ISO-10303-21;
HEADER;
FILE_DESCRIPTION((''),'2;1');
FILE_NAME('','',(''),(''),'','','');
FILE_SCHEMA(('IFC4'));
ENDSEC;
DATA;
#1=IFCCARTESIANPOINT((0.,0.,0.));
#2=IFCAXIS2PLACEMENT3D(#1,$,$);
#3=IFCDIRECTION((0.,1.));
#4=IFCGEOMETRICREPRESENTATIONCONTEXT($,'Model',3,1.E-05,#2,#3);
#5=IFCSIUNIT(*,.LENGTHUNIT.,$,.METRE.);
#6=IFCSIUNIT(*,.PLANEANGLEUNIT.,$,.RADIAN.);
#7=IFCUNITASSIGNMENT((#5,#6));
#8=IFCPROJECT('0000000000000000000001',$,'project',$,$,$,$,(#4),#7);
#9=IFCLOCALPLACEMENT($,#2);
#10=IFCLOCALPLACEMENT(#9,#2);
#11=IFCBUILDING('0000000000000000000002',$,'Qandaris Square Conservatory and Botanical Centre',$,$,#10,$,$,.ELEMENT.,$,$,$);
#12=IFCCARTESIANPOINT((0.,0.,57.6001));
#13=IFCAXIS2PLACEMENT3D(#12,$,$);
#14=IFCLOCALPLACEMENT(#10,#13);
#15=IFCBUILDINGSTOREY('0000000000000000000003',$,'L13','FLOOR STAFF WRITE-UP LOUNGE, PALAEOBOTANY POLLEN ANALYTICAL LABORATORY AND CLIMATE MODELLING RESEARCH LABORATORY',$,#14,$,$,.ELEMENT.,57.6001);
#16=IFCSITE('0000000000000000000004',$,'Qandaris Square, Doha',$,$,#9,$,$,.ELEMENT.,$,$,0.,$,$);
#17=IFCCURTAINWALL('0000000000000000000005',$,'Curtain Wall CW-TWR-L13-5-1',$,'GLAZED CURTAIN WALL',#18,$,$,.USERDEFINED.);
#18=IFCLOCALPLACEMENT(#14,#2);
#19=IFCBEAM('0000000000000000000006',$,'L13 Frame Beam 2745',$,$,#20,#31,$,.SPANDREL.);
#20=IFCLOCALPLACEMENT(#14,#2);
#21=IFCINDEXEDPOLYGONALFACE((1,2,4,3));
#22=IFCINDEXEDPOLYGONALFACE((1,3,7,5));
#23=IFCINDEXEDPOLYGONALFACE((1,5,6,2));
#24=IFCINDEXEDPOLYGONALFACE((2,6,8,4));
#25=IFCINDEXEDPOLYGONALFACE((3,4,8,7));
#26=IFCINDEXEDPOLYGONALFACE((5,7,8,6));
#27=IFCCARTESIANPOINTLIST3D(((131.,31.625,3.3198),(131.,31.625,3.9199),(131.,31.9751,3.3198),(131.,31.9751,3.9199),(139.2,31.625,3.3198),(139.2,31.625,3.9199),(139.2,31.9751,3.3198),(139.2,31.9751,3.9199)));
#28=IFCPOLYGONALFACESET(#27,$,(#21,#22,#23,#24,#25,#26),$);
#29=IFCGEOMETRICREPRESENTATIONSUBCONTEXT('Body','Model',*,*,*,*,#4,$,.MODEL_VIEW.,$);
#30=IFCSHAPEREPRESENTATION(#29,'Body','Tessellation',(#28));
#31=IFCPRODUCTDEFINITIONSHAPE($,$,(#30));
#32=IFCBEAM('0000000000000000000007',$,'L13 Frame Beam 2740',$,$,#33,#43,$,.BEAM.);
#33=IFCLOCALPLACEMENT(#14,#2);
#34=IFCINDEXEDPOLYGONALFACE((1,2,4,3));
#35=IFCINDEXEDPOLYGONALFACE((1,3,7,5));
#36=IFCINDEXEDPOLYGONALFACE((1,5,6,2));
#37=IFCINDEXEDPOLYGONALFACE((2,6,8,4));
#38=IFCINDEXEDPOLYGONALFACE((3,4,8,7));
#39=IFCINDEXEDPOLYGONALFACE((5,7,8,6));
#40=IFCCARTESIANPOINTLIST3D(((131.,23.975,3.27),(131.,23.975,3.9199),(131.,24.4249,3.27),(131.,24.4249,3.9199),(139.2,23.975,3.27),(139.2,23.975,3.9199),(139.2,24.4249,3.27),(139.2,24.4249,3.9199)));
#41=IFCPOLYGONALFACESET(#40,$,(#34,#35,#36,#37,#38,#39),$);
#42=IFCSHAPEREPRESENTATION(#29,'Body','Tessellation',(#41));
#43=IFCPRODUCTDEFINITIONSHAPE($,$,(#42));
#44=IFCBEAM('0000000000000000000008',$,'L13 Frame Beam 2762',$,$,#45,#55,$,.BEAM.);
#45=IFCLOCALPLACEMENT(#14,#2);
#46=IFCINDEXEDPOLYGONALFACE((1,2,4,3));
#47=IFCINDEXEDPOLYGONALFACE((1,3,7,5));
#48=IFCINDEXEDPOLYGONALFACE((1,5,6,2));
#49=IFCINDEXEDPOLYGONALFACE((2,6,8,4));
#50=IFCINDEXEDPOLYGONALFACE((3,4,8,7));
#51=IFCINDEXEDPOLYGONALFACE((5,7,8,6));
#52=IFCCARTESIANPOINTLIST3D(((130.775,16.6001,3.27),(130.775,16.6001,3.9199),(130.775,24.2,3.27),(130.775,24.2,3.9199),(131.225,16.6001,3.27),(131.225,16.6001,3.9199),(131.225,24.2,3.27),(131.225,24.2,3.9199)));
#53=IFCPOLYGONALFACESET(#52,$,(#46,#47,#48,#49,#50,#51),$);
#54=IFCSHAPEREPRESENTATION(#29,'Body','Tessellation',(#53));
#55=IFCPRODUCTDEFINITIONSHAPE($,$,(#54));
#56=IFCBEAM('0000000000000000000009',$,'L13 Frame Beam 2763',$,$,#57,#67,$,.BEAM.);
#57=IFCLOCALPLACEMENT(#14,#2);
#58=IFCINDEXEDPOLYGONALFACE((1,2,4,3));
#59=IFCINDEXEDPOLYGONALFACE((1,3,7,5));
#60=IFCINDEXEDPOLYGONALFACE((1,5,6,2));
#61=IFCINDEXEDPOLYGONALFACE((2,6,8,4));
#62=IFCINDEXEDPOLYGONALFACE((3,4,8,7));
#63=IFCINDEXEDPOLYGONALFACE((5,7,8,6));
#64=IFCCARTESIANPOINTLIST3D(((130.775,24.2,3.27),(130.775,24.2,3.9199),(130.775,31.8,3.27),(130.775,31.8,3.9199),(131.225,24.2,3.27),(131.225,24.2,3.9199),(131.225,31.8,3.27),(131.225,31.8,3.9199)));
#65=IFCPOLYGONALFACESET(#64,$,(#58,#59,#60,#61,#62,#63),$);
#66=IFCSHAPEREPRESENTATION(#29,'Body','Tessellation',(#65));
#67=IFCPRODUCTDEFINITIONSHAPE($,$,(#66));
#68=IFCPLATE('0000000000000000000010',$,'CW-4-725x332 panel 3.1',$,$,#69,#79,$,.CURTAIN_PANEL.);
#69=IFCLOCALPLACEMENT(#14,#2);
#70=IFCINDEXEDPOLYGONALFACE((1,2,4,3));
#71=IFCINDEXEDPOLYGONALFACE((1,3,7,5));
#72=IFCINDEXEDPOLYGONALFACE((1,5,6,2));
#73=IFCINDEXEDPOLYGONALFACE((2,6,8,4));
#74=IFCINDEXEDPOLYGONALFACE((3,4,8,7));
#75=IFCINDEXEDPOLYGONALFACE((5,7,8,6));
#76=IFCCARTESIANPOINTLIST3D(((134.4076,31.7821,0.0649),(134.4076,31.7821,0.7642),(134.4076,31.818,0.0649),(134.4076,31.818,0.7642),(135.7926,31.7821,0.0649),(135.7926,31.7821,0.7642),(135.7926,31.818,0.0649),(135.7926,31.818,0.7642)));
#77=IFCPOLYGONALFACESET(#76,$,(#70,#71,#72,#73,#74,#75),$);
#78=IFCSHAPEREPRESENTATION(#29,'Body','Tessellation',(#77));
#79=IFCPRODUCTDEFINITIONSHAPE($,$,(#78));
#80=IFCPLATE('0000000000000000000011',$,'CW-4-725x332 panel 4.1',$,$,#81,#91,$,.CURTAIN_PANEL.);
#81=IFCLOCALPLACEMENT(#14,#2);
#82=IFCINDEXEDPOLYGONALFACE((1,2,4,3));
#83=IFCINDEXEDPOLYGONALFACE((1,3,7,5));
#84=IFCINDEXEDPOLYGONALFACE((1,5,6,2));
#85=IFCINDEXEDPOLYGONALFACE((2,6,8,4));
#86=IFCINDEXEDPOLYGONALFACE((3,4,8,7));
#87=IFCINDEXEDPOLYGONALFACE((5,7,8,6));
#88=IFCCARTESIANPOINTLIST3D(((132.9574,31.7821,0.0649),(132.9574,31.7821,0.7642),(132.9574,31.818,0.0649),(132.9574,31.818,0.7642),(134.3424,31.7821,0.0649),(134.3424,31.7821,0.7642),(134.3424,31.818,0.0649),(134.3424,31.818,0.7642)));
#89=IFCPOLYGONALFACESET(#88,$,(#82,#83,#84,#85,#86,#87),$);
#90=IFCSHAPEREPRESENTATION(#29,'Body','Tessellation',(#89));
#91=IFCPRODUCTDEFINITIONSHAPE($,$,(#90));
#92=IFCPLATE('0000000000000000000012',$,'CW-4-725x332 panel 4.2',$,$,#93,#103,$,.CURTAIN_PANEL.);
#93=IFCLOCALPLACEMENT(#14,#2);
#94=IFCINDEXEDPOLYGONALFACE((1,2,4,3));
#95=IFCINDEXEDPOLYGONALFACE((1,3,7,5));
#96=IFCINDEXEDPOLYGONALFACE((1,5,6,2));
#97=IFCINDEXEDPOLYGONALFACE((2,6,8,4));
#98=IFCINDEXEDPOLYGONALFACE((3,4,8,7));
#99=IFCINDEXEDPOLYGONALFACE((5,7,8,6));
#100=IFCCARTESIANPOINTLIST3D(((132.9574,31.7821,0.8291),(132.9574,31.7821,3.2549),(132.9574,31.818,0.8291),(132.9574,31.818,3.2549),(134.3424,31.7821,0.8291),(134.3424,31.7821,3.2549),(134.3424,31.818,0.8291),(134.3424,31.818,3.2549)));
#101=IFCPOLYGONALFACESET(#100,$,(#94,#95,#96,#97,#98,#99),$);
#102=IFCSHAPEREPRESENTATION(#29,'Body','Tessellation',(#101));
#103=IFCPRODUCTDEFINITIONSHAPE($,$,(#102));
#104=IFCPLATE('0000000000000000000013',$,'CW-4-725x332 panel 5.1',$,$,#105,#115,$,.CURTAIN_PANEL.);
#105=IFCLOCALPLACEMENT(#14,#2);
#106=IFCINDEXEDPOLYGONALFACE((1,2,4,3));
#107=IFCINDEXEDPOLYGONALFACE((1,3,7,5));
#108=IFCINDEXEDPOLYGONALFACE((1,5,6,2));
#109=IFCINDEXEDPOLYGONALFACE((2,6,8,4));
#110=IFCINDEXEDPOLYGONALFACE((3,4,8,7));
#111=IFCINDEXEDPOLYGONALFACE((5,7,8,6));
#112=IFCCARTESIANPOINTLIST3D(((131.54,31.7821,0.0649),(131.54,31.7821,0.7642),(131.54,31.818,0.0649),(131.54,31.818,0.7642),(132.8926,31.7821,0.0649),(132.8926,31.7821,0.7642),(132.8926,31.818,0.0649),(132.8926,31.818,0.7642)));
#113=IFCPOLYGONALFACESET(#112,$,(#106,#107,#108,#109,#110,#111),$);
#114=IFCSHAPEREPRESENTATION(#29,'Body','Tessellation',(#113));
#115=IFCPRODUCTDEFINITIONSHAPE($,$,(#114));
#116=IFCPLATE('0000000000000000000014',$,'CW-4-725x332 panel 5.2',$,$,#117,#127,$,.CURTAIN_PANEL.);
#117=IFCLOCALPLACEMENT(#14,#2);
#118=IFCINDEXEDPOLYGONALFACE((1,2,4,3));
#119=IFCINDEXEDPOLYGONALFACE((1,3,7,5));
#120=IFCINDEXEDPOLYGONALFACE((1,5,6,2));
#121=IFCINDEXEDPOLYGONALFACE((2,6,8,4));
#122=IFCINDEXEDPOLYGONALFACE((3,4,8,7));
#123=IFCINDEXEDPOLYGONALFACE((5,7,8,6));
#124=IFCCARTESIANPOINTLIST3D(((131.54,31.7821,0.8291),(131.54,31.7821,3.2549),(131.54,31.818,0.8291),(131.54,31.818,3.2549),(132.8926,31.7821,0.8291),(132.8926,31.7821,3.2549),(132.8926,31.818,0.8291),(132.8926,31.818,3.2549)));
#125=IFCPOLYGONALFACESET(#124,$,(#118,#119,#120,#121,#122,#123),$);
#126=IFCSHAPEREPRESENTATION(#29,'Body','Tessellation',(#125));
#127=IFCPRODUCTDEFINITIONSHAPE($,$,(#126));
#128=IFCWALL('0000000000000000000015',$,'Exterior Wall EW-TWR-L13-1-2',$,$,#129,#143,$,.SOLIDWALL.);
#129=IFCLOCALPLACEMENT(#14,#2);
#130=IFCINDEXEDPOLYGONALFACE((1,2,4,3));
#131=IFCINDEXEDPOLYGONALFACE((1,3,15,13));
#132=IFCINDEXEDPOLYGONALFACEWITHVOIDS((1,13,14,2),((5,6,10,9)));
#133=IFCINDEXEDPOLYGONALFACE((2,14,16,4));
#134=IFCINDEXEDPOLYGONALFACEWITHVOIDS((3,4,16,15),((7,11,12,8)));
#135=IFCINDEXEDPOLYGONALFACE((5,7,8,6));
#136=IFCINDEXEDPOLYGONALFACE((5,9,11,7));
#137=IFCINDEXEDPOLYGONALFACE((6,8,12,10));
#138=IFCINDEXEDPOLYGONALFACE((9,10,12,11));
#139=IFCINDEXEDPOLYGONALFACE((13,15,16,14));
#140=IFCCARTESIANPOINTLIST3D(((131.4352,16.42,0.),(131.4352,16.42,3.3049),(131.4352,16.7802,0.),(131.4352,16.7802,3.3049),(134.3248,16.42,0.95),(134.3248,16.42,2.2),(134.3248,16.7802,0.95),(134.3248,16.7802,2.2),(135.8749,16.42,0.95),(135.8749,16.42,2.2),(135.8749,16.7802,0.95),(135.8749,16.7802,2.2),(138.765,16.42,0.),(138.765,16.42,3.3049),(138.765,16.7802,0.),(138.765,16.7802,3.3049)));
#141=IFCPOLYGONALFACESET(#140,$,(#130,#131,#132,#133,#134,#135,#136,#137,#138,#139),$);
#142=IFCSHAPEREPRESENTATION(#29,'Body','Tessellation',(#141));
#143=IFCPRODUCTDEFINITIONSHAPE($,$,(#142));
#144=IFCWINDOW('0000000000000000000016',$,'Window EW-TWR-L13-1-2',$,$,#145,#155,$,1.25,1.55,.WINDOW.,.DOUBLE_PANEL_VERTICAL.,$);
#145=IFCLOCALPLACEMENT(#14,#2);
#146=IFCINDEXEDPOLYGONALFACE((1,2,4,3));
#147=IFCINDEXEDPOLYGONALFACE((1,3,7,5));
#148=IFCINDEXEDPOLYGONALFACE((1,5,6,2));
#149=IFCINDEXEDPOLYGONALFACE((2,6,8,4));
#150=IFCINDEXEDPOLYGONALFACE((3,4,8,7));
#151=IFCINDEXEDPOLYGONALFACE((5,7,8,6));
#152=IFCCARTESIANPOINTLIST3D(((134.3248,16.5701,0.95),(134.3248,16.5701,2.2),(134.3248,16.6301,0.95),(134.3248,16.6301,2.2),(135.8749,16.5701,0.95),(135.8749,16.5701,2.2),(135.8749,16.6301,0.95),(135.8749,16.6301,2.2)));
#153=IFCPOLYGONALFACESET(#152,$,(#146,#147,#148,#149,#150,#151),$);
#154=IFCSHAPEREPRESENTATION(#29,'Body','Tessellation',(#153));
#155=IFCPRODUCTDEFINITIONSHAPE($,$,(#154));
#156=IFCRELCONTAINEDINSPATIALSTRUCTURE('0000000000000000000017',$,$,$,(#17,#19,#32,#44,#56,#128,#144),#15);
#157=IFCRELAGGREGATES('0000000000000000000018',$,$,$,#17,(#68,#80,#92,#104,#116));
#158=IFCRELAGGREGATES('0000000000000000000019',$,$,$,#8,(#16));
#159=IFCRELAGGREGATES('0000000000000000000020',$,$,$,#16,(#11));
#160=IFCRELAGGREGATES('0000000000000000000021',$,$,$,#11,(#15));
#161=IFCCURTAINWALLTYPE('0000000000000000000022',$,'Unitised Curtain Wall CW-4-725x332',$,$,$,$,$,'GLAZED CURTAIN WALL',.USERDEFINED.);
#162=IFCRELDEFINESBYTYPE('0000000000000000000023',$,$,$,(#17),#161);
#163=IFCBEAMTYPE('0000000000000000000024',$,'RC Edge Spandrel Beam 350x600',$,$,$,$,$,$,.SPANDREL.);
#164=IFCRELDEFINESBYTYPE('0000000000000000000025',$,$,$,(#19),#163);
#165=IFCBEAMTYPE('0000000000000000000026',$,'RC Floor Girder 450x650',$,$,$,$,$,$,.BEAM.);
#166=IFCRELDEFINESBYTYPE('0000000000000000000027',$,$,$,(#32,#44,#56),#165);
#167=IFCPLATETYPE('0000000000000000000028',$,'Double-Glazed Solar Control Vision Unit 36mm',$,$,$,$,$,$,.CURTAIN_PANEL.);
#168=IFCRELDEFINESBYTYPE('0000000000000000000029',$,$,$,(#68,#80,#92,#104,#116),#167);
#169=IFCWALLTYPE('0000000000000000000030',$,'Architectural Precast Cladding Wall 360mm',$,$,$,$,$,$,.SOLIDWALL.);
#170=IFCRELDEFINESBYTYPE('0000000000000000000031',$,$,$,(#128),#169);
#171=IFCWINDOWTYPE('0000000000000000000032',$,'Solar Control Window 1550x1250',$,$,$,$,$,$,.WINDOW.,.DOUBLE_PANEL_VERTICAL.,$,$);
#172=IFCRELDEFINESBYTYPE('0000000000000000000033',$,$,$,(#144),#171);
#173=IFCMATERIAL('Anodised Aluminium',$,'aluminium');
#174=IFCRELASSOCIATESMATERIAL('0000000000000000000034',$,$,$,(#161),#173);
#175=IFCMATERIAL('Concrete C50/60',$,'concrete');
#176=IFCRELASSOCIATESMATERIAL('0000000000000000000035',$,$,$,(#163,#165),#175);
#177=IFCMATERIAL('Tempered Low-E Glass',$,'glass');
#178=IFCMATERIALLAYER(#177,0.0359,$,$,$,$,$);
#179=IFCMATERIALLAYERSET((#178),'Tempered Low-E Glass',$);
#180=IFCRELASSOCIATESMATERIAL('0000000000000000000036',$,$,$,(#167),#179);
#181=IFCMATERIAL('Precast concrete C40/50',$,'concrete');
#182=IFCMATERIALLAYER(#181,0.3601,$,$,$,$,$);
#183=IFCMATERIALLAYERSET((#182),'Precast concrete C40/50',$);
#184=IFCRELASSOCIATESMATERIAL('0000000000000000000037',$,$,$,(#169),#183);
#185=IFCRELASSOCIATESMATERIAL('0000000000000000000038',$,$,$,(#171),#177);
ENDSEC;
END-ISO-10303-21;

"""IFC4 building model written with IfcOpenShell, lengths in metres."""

from ifc_helpers import new_model, si_unit, direction, frame, frame_2d, origin, origin_2d, place, context, subcontext, project, spatial, rectangle, extrude, material, layer, layer_set, material_profile, profile_set, type_object, element, fill, aggregate, save


model = new_model("IFC4")

# Units and contexts
model_context = context("Model", 3, precision=1e-05, world=origin(), true_north=direction((0.0, 1.0)))
body_context = subcontext(model_context, "Body", "Model", "MODEL_VIEW")
ifc_project = project(units=[si_unit("LENGTHUNIT", "METRE"), si_unit("PLANEANGLEUNIT", "RADIAN")], contexts=[model_context])

# Site, building, storey
site_placement = place(None, origin())
site = spatial("IfcSite", under=ifc_project, at=site_placement, Name="Qandaris Square, Doha", CompositionType="ELEMENT", RefElevation=0.0)
building_placement = place(site_placement, origin())
building = spatial("IfcBuilding", under=site, at=building_placement, Name="Qandaris Square Conservatory and Botanical Centre", CompositionType="ELEMENT")
storey_placement = place(building_placement, frame((0.0, 0.0, 57.6001)))
storey = spatial("IfcBuildingStorey", under=building, at=storey_placement, Name="L13", Description="FLOOR STAFF WRITE-UP LOUNGE, PALAEOBOTANY POLLEN ANALYTICAL LABORATORY AND CLIMATE MODELLING RESEARCH LABORATORY", CompositionType="ELEMENT", Elevation=57.6001)

# Shared definitions
ifc_material_1 = material(Name="Concrete C50/60", Category="concrete")

# Curtain wall
ifc_material_2 = material(Name="Anodised Aluminium", Category="aluminium")
curtain_wall_type = type_object("IfcCurtainWallType", Name="Unitised Curtain Wall CW-4-725x332", ElementType="GLAZED CURTAIN WALL", PredefinedType="USERDEFINED", material=ifc_material_2)
curtain_wall_placement = place(storey_placement, origin())
curtain_wall = element("IfcCurtainWall", 1, at=curtain_wall_placement, inside=storey, type_object=curtain_wall_type, Name="Curtain Wall CW-TWR-L13-5-1", ObjectType="GLAZED CURTAIN WALL", PredefinedType="USERDEFINED")

# Beams
ifc_material_profile_1 = material_profile(ifc_material_1, rectangle(XDim=0.3501, YDim=0.6001, at=origin_2d()), Name="RC-SP 350x600")
ifc_profile_set_1 = profile_set([ifc_material_profile_1], Name="Concrete C50/60")
beam_type_1 = type_object("IfcBeamType", Name="RC Edge Spandrel Beam 350x600", PredefinedType="SPANDREL", material=ifc_profile_set_1)
for number, where, z_axis, x_axis, name in (
    (2, (131.0, 31.8, 3.6199), (1.0, 0.0, 0.0), (0.0, 1.0, 0.0), "L13 Frame Beam 2745"),
):
    element("IfcBeam", number, at=place(storey_placement, frame(where, z_axis=z_axis, x_axis=x_axis)), inside=storey, type_object=beam_type_1, Name=name, PredefinedType="SPANDREL", context=body_context, shape_type="SweptSolid", body=[
        extrude(rectangle(XDim=0.3501, YDim=0.6001, at=origin_2d()), origin(), (0.0, 0.0, 1.0), 8.2),
    ])
ifc_material_profile_2 = material_profile(ifc_material_1, rectangle(XDim=0.45, YDim=0.6499, at=origin_2d()), Name="RC-BM 450x650")
ifc_profile_set_2 = profile_set([ifc_material_profile_2], Name="Concrete C50/60")
beam_type_2 = type_object("IfcBeamType", Name="RC Floor Girder 450x650", PredefinedType="BEAM", material=ifc_profile_set_2)
beam_1_placement = place(storey_placement, frame((131.0, 24.2, 3.595), z_axis=(1.0, 0.0, 0.0), x_axis=(0.0, 1.0, 0.0)))
element("IfcBeam", 3, at=beam_1_placement, inside=storey, type_object=beam_type_2, Name="L13 Frame Beam 2740", PredefinedType="BEAM", context=body_context, shape_type="SweptSolid", body=[
    extrude(rectangle(XDim=0.45, YDim=0.6499, at=origin_2d()), origin(), (0.0, 0.0, 1.0), 8.2),
])
beam_2_placement = place(storey_placement, frame((131.0, 16.6001, 3.595), z_axis=(0.0, 1.0, 0.0), x_axis=(-1.0, 0.0, 0.0)))
element("IfcBeam", 4, at=beam_2_placement, inside=storey, type_object=beam_type_2, Name="L13 Frame Beam 2762", PredefinedType="BEAM", context=body_context, shape_type="SweptSolid", body=[
    extrude(rectangle(XDim=0.45, YDim=0.6499, at=origin_2d()), origin(), (0.0, 0.0, 1.0), 7.5999),
])
beam_3_placement = place(storey_placement, frame((131.0, 24.2, 3.595), z_axis=(0.0, 1.0, 0.0), x_axis=(-1.0, 0.0, 0.0)))
element("IfcBeam", 5, at=beam_3_placement, inside=storey, type_object=beam_type_2, Name="L13 Frame Beam 2763", PredefinedType="BEAM", context=body_context, shape_type="SweptSolid", body=[
    extrude(rectangle(XDim=0.45, YDim=0.6499, at=origin_2d()), origin(), (0.0, 0.0, 1.0), 7.6001),
])

# Plates
ifc_material_3 = material(Name="Tempered Low-E Glass", Category="glass")
ifc_layer_1 = layer(ifc_material_3, 0.0359)
ifc_layer_set_1 = layer_set([ifc_layer_1], Name="Tempered Low-E Glass")
plate_type = type_object("IfcPlateType", Name="Double-Glazed Solar Control Vision Unit 36mm", PredefinedType="CURTAIN_PANEL", material=ifc_layer_set_1)
plate_1_placement = place(storey_placement, frame((135.1001, 31.8, 0.0649), z_axis=(0.0, 0.0, 1.0), x_axis=(-1.0, 0.0, 0.0)))
plate_1 = element("IfcPlate", 6, at=plate_1_placement, type_object=plate_type, Name="CW-4-725x332 panel 3.1", PredefinedType="CURTAIN_PANEL", context=body_context, shape_type="SweptSolid", body=[
    extrude(rectangle(XDim=1.385, YDim=0.0359, at=origin_2d()), origin(), (0.0, 0.0, 1.0), 0.6992),
])
plate_2_placement = place(storey_placement, frame((133.6499, 31.8, 0.0649), z_axis=(0.0, 0.0, 1.0), x_axis=(-1.0, 0.0, 0.0)))
plate_2 = element("IfcPlate", 7, at=plate_2_placement, type_object=plate_type, Name="CW-4-725x332 panel 4.1", PredefinedType="CURTAIN_PANEL", context=body_context, shape_type="SweptSolid", body=[
    extrude(rectangle(XDim=1.385, YDim=0.0359, at=origin_2d()), origin(), (0.0, 0.0, 1.0), 0.6992),
])
plate_3_placement = place(storey_placement, frame((133.6499, 31.8, 0.8291), z_axis=(0.0, 0.0, 1.0), x_axis=(-1.0, 0.0, 0.0)))
plate_3 = element("IfcPlate", 8, at=plate_3_placement, type_object=plate_type, Name="CW-4-725x332 panel 4.2", PredefinedType="CURTAIN_PANEL", context=body_context, shape_type="SweptSolid", body=[
    extrude(rectangle(XDim=1.385, YDim=0.0359, at=origin_2d()), origin(), (0.0, 0.0, 1.0), 2.4258),
])
plate_4_placement = place(storey_placement, frame((132.2163, 31.8, 0.0649), z_axis=(0.0, 0.0, 1.0), x_axis=(-1.0, 0.0, 0.0)))
plate_4 = element("IfcPlate", 9, at=plate_4_placement, type_object=plate_type, Name="CW-4-725x332 panel 5.1", PredefinedType="CURTAIN_PANEL", context=body_context, shape_type="SweptSolid", body=[
    extrude(rectangle(XDim=1.3525, YDim=0.0359, at=origin_2d()), origin(), (0.0, 0.0, 1.0), 0.6992),
])
plate_5_placement = place(storey_placement, frame((132.2163, 31.8, 0.8291), z_axis=(0.0, 0.0, 1.0), x_axis=(-1.0, 0.0, 0.0)))
plate_5 = element("IfcPlate", 10, at=plate_5_placement, type_object=plate_type, Name="CW-4-725x332 panel 5.2", PredefinedType="CURTAIN_PANEL", context=body_context, shape_type="SweptSolid", body=[
    extrude(rectangle(XDim=1.3525, YDim=0.0359, at=origin_2d()), origin(), (0.0, 0.0, 1.0), 2.4258),
])
aggregate(curtain_wall, [plate_1, plate_2, plate_3, plate_4, plate_5])

# Wall, opening, window
ifc_material_4 = material(Name="Precast concrete C40/50", Category="concrete")
ifc_layer_2 = layer(ifc_material_4, 0.3601)
ifc_layer_set_2 = layer_set([ifc_layer_2], Name="Precast concrete C40/50")
wall_type = type_object("IfcWallType", Name="Architectural Precast Cladding Wall 360mm", PredefinedType="SOLIDWALL", material=ifc_layer_set_2)
wall_placement = place(storey_placement, frame((131.4351, 16.6001, 0.0), z_axis=(0.0, 0.0, 1.0), x_axis=(1.0, 0.0, 0.0)))
wall = element("IfcWall", 11, at=wall_placement, inside=storey, type_object=wall_type, Name="Exterior Wall EW-TWR-L13-1-2", PredefinedType="SOLIDWALL", context=body_context, shape_type="SweptSolid", body=[
    extrude(rectangle(XDim=7.3298, YDim=0.3601, at=frame_2d((3.665, 0.0))), origin(), (0.0, 0.0, 1.0), 3.3049),
])
opening_placement = place(wall_placement, frame((2.8899, 0.0, 0.95)))
opening = element("IfcOpeningElement", 12, at=opening_placement, cuts=wall, PredefinedType="OPENING", context=body_context, shape_type="SweptSolid", body=[
    extrude(rectangle(XDim=1.55, YDim=1.25, at=frame_2d((0.7749, 0.625))), frame((0.0, 0.1919, 0.0), z_axis=(0.0, -1.0, 0.0), x_axis=(1.0, 0.0, 0.0)), (0.0, 0.0, 1.0), 0.384),
])
window_type = type_object("IfcWindowType", Name="Solar Control Window 1550x1250", PartitioningType="DOUBLE_PANEL_VERTICAL", PredefinedType="WINDOW", material=ifc_material_3)
window_placement = place(opening_placement, origin())
window = element("IfcWindow", 13, at=window_placement, inside=storey, type_object=window_type, Name="Window EW-TWR-L13-1-2", OverallHeight=1.25, OverallWidth=1.55, PartitioningType="DOUBLE_PANEL_VERTICAL", PredefinedType="WINDOW", context=body_context, shape_type="SweptSolid", body=[
    extrude(rectangle(XDim=1.55, YDim=1.25, at=frame_2d((0.7749, 0.625))), frame((0.0, 0.03, 0.0), z_axis=(0.0, -1.0, 0.0), x_axis=(1.0, 0.0, 0.0)), (0.0, 0.0, 1.0), 0.0601),
])
fill(opening, window)

save(model, "model.ifc")
